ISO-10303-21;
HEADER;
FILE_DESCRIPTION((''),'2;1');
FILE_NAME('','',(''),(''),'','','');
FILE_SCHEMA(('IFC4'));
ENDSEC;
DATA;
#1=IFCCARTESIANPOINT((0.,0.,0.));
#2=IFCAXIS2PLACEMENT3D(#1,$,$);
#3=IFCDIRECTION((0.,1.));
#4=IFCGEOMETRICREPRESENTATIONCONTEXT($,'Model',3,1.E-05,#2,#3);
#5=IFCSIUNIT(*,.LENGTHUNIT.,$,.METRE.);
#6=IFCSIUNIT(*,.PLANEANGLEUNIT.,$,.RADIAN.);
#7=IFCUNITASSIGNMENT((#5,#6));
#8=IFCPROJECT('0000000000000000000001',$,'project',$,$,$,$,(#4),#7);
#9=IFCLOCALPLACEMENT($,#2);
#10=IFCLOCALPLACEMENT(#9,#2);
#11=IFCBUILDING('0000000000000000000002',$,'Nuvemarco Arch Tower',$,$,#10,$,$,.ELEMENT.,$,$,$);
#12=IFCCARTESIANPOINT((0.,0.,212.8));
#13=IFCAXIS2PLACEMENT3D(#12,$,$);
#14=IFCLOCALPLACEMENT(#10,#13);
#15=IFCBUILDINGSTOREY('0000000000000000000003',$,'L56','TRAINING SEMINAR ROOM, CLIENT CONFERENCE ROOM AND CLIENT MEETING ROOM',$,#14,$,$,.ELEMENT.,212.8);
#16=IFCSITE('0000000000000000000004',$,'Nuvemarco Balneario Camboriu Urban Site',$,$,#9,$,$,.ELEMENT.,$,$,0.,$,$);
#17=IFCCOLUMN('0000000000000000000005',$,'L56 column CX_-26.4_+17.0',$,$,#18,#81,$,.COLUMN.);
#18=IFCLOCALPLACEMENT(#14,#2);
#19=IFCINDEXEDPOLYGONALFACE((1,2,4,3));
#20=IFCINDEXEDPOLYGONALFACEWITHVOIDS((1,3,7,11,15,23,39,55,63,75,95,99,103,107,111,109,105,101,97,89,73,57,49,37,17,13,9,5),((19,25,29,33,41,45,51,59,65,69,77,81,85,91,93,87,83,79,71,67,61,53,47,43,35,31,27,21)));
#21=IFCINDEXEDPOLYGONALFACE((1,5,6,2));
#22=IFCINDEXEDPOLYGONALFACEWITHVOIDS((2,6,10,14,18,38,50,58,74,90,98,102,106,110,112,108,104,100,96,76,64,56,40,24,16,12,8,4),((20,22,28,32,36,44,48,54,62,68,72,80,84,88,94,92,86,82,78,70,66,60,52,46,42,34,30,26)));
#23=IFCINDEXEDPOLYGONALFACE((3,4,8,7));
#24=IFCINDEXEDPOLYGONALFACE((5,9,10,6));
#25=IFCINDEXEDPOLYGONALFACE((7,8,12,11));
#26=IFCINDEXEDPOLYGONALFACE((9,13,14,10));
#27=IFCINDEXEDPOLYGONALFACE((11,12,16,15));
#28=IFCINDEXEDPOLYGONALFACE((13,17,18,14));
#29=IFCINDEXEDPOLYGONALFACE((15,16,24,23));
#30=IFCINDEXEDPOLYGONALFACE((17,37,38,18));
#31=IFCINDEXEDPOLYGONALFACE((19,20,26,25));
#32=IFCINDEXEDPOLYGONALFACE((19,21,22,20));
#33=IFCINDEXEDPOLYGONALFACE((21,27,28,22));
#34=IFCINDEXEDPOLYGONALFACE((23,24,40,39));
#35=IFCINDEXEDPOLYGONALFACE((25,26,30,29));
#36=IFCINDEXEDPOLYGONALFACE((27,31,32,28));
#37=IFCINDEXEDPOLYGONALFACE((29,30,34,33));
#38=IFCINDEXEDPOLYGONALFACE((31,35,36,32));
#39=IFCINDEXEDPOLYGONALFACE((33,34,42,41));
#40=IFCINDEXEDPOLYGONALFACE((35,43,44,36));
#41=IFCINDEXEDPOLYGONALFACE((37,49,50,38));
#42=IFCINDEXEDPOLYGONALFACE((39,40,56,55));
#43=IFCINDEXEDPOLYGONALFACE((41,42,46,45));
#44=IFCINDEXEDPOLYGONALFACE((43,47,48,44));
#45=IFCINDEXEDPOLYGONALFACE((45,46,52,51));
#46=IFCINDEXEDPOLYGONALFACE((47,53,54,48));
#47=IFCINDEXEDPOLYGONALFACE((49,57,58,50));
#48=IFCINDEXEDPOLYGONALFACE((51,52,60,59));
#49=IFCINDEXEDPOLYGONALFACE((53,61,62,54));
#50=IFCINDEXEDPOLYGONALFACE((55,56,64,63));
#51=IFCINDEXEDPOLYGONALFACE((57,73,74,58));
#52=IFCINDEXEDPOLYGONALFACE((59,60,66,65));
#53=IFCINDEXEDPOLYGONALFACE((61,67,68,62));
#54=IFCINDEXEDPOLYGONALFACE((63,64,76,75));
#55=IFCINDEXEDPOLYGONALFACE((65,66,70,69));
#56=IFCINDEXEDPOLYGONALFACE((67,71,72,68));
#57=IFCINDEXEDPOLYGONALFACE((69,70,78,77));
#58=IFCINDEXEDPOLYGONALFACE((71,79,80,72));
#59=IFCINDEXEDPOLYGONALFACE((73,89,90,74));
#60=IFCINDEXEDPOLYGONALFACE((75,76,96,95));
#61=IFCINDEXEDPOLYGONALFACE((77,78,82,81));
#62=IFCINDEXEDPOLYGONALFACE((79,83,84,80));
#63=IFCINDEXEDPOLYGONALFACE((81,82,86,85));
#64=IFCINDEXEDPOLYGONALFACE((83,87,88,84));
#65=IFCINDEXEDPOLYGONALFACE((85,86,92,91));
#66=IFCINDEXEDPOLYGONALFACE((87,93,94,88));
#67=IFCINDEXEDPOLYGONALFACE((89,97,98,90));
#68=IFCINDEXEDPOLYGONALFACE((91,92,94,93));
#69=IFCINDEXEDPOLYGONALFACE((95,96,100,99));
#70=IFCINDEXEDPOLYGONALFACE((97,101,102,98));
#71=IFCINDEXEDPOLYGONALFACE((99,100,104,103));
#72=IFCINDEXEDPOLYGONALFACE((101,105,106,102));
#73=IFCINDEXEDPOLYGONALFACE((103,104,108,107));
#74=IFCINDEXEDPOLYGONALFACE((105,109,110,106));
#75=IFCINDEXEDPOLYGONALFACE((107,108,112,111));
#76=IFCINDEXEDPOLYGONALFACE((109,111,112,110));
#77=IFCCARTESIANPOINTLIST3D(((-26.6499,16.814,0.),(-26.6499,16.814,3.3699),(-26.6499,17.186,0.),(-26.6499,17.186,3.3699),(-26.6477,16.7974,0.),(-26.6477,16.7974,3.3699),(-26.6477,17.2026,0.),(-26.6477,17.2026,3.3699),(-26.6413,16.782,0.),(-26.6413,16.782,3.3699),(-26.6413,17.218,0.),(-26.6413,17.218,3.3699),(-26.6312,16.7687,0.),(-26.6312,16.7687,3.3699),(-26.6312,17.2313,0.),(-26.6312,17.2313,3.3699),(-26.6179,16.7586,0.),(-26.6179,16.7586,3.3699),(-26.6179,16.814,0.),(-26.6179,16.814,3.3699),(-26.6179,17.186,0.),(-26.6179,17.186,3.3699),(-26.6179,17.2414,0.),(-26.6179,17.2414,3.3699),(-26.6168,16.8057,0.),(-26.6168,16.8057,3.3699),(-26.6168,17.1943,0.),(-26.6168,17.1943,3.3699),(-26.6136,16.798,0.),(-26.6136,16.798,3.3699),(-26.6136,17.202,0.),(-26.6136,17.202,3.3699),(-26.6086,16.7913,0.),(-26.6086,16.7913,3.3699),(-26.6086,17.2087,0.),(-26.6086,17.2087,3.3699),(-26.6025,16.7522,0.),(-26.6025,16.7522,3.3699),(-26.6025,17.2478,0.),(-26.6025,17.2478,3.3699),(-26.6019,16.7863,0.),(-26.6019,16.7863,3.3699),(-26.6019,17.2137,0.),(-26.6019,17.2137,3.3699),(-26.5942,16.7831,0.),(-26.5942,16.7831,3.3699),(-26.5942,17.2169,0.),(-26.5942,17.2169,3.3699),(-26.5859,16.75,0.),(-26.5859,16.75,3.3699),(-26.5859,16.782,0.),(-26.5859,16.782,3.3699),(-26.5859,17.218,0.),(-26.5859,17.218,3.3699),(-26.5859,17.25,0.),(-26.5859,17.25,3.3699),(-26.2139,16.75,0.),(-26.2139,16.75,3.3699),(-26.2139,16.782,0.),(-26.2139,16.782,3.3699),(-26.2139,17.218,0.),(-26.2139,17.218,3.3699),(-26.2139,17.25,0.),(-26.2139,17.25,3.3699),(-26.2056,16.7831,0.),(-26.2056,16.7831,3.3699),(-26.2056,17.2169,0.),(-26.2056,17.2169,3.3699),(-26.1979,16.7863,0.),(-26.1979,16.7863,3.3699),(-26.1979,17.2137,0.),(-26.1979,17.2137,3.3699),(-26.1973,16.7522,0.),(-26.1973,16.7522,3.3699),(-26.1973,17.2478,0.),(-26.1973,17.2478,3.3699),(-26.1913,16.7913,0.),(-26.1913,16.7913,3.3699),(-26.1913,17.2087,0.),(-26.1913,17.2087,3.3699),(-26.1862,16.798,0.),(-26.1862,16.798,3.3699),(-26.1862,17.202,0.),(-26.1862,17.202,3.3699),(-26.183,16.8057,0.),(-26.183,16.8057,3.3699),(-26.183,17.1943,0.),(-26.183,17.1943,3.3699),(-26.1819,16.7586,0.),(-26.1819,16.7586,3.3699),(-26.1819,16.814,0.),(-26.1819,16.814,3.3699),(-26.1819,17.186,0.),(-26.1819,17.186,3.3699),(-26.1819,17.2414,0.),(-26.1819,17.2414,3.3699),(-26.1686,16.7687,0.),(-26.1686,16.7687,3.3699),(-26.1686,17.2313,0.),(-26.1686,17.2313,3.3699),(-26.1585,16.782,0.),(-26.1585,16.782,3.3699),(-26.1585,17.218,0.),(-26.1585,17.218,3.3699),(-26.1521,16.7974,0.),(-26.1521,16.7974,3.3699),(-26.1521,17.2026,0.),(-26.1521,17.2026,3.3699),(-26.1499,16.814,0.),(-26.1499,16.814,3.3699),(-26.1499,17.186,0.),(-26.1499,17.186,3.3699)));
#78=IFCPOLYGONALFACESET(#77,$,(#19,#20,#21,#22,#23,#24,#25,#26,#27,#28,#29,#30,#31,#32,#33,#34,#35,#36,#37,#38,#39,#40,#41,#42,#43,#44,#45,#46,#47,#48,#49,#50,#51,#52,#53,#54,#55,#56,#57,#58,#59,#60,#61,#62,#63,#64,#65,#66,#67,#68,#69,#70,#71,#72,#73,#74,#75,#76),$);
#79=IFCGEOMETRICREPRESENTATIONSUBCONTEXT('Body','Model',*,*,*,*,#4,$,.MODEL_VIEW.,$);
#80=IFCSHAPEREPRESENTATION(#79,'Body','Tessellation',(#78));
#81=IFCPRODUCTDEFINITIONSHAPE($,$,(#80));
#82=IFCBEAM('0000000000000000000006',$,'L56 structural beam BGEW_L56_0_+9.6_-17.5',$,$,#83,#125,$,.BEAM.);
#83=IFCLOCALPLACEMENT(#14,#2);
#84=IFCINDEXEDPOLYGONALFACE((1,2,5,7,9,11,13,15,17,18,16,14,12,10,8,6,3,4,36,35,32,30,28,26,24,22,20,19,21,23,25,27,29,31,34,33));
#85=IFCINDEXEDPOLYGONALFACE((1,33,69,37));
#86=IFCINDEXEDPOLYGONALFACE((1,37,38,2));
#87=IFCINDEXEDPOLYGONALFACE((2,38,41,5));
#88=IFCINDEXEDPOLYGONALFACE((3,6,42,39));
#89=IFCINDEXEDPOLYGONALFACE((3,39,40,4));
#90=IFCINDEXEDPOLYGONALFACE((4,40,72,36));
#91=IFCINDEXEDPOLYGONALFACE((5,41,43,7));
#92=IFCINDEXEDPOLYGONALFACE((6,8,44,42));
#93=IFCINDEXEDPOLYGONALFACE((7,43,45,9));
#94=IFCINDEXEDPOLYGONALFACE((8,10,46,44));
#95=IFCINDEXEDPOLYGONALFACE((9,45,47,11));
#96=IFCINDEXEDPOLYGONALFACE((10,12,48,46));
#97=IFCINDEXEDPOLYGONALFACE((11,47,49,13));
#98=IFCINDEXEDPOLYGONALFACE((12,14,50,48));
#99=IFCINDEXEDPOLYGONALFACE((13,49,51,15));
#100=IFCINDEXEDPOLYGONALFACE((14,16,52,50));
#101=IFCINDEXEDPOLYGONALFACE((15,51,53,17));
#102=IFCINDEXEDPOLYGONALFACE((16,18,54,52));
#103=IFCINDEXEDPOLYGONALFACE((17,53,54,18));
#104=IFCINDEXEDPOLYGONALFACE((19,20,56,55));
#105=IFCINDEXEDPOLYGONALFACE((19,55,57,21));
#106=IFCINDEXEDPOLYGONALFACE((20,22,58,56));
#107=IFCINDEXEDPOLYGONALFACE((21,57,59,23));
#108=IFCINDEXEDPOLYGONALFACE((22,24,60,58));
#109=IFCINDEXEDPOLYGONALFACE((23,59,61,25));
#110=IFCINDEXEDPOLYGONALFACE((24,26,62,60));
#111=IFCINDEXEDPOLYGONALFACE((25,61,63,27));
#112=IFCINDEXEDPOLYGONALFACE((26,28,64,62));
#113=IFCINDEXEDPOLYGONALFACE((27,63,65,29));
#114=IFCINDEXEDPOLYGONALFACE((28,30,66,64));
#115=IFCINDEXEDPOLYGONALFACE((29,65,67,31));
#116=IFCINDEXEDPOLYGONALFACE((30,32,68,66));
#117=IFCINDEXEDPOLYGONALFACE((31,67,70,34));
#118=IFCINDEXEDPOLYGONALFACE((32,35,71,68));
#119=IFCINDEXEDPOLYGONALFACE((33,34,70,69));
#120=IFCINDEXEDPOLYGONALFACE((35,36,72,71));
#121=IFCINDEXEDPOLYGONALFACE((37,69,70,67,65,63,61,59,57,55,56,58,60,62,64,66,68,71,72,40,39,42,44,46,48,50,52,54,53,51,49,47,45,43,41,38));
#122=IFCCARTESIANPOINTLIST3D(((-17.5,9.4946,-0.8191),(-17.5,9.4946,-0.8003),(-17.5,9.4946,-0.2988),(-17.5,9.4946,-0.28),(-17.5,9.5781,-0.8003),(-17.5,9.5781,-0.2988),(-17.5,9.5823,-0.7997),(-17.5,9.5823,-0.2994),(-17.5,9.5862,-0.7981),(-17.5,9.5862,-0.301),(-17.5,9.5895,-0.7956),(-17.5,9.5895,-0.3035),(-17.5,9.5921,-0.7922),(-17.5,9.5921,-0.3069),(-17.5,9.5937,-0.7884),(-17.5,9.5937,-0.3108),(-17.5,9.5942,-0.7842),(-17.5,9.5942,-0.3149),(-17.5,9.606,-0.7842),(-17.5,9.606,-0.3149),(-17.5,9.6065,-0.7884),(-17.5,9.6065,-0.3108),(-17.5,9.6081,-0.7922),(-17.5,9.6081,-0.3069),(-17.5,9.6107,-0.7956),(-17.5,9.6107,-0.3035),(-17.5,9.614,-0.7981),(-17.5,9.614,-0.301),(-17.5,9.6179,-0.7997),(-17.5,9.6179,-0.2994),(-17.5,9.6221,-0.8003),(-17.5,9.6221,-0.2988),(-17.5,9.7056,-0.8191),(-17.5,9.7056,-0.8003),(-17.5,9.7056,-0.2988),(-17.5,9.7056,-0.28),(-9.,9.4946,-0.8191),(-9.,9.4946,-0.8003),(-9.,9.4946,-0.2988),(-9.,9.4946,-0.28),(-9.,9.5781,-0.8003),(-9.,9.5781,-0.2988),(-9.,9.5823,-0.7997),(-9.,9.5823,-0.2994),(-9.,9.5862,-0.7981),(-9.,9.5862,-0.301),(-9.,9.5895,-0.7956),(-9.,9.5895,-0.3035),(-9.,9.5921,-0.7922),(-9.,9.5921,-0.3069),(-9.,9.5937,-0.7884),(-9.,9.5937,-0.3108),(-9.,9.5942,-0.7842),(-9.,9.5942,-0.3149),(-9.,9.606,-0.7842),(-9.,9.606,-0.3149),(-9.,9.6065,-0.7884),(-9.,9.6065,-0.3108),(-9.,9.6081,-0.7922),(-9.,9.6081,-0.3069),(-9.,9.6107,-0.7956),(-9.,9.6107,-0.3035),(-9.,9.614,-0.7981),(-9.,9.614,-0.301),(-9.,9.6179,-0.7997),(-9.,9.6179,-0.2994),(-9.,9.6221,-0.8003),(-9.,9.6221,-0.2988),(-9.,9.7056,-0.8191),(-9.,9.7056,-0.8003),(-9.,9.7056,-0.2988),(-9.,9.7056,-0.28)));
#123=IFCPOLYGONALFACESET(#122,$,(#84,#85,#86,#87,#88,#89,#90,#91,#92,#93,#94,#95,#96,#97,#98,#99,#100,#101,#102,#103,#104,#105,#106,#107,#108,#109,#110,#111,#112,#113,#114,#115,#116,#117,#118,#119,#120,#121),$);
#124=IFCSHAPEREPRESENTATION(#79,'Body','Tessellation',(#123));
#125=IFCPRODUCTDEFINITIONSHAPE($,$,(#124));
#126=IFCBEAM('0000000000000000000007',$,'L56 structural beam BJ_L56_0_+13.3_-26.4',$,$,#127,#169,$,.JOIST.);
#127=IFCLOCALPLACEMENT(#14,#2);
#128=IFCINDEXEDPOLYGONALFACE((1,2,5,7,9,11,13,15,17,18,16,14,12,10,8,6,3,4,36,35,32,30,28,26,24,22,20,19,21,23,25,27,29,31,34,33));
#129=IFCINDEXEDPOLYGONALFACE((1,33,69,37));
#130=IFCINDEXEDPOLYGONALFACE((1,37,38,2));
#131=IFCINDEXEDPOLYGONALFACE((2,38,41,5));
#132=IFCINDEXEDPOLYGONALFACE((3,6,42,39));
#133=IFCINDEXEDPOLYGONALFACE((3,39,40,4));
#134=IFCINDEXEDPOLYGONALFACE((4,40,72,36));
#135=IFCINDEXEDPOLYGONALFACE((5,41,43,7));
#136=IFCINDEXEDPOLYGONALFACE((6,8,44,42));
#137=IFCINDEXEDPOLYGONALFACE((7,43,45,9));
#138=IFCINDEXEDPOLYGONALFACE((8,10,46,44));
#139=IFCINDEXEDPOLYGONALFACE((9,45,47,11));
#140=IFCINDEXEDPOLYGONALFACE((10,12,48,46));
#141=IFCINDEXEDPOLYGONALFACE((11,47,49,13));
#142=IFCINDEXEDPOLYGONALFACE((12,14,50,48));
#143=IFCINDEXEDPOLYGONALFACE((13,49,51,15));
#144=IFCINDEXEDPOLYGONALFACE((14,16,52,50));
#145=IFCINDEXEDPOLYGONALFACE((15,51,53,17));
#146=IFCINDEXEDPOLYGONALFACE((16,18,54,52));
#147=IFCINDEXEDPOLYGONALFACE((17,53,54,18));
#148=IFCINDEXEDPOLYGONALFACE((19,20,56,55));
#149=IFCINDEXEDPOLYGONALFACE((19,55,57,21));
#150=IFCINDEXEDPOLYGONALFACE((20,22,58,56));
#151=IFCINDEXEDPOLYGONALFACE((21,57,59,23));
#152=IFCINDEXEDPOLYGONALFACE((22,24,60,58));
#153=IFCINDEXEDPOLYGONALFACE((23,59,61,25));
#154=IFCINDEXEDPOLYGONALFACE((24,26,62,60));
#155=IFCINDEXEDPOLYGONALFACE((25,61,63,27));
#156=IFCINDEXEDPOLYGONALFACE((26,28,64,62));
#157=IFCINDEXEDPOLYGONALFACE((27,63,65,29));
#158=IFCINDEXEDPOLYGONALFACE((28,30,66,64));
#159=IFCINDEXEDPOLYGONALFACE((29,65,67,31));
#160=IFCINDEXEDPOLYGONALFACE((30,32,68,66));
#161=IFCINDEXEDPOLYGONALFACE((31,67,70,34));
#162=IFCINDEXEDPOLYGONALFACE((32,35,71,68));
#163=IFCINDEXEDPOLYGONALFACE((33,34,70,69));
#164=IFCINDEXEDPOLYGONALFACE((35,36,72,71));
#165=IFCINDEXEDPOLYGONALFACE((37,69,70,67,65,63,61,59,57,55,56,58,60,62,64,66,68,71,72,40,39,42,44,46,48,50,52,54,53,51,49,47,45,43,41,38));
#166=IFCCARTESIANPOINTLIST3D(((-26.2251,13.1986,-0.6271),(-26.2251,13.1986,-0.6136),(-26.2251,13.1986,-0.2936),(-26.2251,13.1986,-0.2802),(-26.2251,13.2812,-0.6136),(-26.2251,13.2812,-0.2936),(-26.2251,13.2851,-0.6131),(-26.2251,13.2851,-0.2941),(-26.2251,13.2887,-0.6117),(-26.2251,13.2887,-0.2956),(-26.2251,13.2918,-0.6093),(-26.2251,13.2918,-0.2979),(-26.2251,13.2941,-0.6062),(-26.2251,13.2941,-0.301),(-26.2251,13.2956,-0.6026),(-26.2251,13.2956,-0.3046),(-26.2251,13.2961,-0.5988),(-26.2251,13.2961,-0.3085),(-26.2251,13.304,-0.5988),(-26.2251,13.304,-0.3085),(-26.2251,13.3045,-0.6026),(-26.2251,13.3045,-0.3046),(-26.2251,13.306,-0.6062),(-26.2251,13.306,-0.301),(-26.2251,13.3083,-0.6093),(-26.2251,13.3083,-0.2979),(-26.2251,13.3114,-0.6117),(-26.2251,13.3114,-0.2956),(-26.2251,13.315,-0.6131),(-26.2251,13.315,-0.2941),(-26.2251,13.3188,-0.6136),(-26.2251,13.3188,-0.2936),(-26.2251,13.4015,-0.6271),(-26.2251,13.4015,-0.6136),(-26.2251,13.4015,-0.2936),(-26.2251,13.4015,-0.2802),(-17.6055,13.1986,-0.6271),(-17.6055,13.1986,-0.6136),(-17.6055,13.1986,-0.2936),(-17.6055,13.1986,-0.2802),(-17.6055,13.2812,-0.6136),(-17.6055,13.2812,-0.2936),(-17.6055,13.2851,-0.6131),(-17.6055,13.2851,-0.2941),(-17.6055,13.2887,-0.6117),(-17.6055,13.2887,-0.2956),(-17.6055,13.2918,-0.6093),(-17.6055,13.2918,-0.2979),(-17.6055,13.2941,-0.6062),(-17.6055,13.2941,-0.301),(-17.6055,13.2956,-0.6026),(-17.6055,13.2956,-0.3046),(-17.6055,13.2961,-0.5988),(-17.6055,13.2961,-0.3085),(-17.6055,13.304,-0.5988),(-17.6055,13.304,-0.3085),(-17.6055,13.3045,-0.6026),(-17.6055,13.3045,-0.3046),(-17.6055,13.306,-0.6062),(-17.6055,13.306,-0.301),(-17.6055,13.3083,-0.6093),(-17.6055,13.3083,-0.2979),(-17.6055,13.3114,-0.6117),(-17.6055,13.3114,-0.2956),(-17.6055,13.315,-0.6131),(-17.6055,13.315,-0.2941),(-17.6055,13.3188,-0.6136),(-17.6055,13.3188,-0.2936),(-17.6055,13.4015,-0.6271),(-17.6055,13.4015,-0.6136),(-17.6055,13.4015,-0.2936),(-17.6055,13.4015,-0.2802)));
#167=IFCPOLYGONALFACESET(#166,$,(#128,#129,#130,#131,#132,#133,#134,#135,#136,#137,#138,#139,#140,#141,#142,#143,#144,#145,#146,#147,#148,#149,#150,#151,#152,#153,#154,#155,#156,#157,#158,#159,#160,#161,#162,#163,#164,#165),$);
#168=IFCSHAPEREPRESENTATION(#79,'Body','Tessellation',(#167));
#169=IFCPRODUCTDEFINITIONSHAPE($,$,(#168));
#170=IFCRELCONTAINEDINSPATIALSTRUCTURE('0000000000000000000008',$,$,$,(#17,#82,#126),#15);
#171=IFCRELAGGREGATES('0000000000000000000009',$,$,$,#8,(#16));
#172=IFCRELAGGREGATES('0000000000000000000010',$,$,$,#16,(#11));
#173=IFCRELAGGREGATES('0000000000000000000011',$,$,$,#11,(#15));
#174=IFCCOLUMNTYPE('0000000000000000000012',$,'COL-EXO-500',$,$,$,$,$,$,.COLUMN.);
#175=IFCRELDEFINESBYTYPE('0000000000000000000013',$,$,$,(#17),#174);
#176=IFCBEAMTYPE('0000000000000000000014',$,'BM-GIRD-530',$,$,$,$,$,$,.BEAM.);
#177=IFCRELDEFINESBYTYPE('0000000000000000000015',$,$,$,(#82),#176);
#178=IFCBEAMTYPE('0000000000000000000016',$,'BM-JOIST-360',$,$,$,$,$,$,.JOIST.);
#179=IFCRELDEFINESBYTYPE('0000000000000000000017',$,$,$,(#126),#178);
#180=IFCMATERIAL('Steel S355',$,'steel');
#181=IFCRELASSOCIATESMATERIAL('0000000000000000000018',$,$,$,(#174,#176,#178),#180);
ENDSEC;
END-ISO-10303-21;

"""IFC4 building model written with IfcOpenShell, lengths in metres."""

from ifc_helpers import new_model, si_unit, direction, frame, origin, origin_2d, place, context, subcontext, project, spatial, hollow_rectangle, i_section, extrude, material, material_profile, profile_set, type_object, element, save


model = new_model("IFC4")

# Units and contexts
model_context = context("Model", 3, precision=1e-05, world=origin(), true_north=direction((0.0, 1.0)))
body_context = subcontext(model_context, "Body", "Model", "MODEL_VIEW")
ifc_project = project(units=[si_unit("LENGTHUNIT", "METRE"), si_unit("PLANEANGLEUNIT", "RADIAN")], contexts=[model_context])

# Site, building, storey
site_placement = place(None, origin())
site = spatial("IfcSite", under=ifc_project, at=site_placement, Name="Nuvemarco Balneario Camboriu Urban Site", CompositionType="ELEMENT", RefElevation=0.0)
building_placement = place(site_placement, origin())
building = spatial("IfcBuilding", under=site, at=building_placement, Name="Nuvemarco Arch Tower", CompositionType="ELEMENT")
storey_placement = place(building_placement, frame((0.0, 0.0, 212.8)))
storey = spatial("IfcBuildingStorey", under=building, at=storey_placement, Name="L56", Description="TRAINING SEMINAR ROOM, CLIENT CONFERENCE ROOM AND CLIENT MEETING ROOM", CompositionType="ELEMENT", Elevation=212.8)

# Column
ifc_material_1 = material(Name="Steel S355", Category="steel")
ifc_material_profile_1 = material_profile(ifc_material_1, hollow_rectangle(XDim=0.5, YDim=0.5, WallThickness=0.032, InnerFilletRadius=0.032, OuterFilletRadius=0.064, at=origin_2d()), Name="SHS500x500x32")
ifc_profile_set_1 = profile_set([ifc_material_profile_1], Name="Steel S355")
column_type = type_object("IfcColumnType", Name="COL-EXO-500", PredefinedType="COLUMN", material=ifc_profile_set_1)
column_placement = place(storey_placement, frame((-26.3999, 17.0, 0.0), z_axis=(0.0, 0.0, 1.0), x_axis=(1.0, 0.0, 0.0)))
element("IfcColumn", 1, at=column_placement, inside=storey, type_object=column_type, Name="L56 column CX_-26.4_+17.0", PredefinedType="COLUMN", context=body_context, shape_type="SweptSolid", body=[
    extrude(hollow_rectangle(XDim=0.5, YDim=0.5, WallThickness=0.032, InnerFilletRadius=0.032, OuterFilletRadius=0.064, at=origin_2d()), origin(), (0.0, 0.0, 1.0), 3.3699),
])

# Beams
ifc_material_profile_2 = material_profile(ifc_material_1, i_section(OverallWidth=0.2109, OverallDepth=0.5391, WebThickness=0.0117, FlangeThickness=0.0188, FilletRadius=0.0161, at=origin_2d()), Name="W530x109")
ifc_profile_set_2 = profile_set([ifc_material_profile_2], Name="Steel S355")
beam_type_1 = type_object("IfcBeamType", Name="BM-GIRD-530", PredefinedType="BEAM", material=ifc_profile_set_2)
beam_1_placement = place(storey_placement, frame((-17.5, 9.6001, -0.5496), z_axis=(1.0, 0.0, 0.0), x_axis=(0.0, 1.0, 0.0)))
element("IfcBeam", 2, at=beam_1_placement, inside=storey, type_object=beam_type_1, Name="L56 structural beam BGEW_L56_0_+9.6_-17.5", PredefinedType="BEAM", context=body_context, shape_type="SweptSolid", body=[
    extrude(i_section(OverallWidth=0.2109, OverallDepth=0.5391, WebThickness=0.0117, FlangeThickness=0.0188, FilletRadius=0.0161, at=origin_2d()), origin(), (0.0, 0.0, 1.0), 8.5),
])
ifc_material_profile_3 = material_profile(ifc_material_1, i_section(OverallWidth=0.2029, OverallDepth=0.3469, WebThickness=0.0078, FlangeThickness=0.0134, FilletRadius=0.0149, at=origin_2d()), Name="W360x64")
ifc_profile_set_3 = profile_set([ifc_material_profile_3], Name="Steel S355")
beam_type_2 = type_object("IfcBeamType", Name="BM-JOIST-360", PredefinedType="JOIST", material=ifc_profile_set_3)
beam_2_placement = place(storey_placement, frame((-26.2251, 13.3, -0.4536), z_axis=(1.0, 0.0, 0.0), x_axis=(0.0, 1.0, 0.0)))
element("IfcBeam", 3, at=beam_2_placement, inside=storey, type_object=beam_type_2, Name="L56 structural beam BJ_L56_0_+13.3_-26.4", PredefinedType="JOIST", context=body_context, shape_type="SweptSolid", body=[
    extrude(i_section(OverallWidth=0.2029, OverallDepth=0.3469, WebThickness=0.0078, FlangeThickness=0.0134, FilletRadius=0.0149, at=origin_2d()), origin(), (0.0, 0.0, 1.0), 8.6196),
])

save(model, "model.ifc")
